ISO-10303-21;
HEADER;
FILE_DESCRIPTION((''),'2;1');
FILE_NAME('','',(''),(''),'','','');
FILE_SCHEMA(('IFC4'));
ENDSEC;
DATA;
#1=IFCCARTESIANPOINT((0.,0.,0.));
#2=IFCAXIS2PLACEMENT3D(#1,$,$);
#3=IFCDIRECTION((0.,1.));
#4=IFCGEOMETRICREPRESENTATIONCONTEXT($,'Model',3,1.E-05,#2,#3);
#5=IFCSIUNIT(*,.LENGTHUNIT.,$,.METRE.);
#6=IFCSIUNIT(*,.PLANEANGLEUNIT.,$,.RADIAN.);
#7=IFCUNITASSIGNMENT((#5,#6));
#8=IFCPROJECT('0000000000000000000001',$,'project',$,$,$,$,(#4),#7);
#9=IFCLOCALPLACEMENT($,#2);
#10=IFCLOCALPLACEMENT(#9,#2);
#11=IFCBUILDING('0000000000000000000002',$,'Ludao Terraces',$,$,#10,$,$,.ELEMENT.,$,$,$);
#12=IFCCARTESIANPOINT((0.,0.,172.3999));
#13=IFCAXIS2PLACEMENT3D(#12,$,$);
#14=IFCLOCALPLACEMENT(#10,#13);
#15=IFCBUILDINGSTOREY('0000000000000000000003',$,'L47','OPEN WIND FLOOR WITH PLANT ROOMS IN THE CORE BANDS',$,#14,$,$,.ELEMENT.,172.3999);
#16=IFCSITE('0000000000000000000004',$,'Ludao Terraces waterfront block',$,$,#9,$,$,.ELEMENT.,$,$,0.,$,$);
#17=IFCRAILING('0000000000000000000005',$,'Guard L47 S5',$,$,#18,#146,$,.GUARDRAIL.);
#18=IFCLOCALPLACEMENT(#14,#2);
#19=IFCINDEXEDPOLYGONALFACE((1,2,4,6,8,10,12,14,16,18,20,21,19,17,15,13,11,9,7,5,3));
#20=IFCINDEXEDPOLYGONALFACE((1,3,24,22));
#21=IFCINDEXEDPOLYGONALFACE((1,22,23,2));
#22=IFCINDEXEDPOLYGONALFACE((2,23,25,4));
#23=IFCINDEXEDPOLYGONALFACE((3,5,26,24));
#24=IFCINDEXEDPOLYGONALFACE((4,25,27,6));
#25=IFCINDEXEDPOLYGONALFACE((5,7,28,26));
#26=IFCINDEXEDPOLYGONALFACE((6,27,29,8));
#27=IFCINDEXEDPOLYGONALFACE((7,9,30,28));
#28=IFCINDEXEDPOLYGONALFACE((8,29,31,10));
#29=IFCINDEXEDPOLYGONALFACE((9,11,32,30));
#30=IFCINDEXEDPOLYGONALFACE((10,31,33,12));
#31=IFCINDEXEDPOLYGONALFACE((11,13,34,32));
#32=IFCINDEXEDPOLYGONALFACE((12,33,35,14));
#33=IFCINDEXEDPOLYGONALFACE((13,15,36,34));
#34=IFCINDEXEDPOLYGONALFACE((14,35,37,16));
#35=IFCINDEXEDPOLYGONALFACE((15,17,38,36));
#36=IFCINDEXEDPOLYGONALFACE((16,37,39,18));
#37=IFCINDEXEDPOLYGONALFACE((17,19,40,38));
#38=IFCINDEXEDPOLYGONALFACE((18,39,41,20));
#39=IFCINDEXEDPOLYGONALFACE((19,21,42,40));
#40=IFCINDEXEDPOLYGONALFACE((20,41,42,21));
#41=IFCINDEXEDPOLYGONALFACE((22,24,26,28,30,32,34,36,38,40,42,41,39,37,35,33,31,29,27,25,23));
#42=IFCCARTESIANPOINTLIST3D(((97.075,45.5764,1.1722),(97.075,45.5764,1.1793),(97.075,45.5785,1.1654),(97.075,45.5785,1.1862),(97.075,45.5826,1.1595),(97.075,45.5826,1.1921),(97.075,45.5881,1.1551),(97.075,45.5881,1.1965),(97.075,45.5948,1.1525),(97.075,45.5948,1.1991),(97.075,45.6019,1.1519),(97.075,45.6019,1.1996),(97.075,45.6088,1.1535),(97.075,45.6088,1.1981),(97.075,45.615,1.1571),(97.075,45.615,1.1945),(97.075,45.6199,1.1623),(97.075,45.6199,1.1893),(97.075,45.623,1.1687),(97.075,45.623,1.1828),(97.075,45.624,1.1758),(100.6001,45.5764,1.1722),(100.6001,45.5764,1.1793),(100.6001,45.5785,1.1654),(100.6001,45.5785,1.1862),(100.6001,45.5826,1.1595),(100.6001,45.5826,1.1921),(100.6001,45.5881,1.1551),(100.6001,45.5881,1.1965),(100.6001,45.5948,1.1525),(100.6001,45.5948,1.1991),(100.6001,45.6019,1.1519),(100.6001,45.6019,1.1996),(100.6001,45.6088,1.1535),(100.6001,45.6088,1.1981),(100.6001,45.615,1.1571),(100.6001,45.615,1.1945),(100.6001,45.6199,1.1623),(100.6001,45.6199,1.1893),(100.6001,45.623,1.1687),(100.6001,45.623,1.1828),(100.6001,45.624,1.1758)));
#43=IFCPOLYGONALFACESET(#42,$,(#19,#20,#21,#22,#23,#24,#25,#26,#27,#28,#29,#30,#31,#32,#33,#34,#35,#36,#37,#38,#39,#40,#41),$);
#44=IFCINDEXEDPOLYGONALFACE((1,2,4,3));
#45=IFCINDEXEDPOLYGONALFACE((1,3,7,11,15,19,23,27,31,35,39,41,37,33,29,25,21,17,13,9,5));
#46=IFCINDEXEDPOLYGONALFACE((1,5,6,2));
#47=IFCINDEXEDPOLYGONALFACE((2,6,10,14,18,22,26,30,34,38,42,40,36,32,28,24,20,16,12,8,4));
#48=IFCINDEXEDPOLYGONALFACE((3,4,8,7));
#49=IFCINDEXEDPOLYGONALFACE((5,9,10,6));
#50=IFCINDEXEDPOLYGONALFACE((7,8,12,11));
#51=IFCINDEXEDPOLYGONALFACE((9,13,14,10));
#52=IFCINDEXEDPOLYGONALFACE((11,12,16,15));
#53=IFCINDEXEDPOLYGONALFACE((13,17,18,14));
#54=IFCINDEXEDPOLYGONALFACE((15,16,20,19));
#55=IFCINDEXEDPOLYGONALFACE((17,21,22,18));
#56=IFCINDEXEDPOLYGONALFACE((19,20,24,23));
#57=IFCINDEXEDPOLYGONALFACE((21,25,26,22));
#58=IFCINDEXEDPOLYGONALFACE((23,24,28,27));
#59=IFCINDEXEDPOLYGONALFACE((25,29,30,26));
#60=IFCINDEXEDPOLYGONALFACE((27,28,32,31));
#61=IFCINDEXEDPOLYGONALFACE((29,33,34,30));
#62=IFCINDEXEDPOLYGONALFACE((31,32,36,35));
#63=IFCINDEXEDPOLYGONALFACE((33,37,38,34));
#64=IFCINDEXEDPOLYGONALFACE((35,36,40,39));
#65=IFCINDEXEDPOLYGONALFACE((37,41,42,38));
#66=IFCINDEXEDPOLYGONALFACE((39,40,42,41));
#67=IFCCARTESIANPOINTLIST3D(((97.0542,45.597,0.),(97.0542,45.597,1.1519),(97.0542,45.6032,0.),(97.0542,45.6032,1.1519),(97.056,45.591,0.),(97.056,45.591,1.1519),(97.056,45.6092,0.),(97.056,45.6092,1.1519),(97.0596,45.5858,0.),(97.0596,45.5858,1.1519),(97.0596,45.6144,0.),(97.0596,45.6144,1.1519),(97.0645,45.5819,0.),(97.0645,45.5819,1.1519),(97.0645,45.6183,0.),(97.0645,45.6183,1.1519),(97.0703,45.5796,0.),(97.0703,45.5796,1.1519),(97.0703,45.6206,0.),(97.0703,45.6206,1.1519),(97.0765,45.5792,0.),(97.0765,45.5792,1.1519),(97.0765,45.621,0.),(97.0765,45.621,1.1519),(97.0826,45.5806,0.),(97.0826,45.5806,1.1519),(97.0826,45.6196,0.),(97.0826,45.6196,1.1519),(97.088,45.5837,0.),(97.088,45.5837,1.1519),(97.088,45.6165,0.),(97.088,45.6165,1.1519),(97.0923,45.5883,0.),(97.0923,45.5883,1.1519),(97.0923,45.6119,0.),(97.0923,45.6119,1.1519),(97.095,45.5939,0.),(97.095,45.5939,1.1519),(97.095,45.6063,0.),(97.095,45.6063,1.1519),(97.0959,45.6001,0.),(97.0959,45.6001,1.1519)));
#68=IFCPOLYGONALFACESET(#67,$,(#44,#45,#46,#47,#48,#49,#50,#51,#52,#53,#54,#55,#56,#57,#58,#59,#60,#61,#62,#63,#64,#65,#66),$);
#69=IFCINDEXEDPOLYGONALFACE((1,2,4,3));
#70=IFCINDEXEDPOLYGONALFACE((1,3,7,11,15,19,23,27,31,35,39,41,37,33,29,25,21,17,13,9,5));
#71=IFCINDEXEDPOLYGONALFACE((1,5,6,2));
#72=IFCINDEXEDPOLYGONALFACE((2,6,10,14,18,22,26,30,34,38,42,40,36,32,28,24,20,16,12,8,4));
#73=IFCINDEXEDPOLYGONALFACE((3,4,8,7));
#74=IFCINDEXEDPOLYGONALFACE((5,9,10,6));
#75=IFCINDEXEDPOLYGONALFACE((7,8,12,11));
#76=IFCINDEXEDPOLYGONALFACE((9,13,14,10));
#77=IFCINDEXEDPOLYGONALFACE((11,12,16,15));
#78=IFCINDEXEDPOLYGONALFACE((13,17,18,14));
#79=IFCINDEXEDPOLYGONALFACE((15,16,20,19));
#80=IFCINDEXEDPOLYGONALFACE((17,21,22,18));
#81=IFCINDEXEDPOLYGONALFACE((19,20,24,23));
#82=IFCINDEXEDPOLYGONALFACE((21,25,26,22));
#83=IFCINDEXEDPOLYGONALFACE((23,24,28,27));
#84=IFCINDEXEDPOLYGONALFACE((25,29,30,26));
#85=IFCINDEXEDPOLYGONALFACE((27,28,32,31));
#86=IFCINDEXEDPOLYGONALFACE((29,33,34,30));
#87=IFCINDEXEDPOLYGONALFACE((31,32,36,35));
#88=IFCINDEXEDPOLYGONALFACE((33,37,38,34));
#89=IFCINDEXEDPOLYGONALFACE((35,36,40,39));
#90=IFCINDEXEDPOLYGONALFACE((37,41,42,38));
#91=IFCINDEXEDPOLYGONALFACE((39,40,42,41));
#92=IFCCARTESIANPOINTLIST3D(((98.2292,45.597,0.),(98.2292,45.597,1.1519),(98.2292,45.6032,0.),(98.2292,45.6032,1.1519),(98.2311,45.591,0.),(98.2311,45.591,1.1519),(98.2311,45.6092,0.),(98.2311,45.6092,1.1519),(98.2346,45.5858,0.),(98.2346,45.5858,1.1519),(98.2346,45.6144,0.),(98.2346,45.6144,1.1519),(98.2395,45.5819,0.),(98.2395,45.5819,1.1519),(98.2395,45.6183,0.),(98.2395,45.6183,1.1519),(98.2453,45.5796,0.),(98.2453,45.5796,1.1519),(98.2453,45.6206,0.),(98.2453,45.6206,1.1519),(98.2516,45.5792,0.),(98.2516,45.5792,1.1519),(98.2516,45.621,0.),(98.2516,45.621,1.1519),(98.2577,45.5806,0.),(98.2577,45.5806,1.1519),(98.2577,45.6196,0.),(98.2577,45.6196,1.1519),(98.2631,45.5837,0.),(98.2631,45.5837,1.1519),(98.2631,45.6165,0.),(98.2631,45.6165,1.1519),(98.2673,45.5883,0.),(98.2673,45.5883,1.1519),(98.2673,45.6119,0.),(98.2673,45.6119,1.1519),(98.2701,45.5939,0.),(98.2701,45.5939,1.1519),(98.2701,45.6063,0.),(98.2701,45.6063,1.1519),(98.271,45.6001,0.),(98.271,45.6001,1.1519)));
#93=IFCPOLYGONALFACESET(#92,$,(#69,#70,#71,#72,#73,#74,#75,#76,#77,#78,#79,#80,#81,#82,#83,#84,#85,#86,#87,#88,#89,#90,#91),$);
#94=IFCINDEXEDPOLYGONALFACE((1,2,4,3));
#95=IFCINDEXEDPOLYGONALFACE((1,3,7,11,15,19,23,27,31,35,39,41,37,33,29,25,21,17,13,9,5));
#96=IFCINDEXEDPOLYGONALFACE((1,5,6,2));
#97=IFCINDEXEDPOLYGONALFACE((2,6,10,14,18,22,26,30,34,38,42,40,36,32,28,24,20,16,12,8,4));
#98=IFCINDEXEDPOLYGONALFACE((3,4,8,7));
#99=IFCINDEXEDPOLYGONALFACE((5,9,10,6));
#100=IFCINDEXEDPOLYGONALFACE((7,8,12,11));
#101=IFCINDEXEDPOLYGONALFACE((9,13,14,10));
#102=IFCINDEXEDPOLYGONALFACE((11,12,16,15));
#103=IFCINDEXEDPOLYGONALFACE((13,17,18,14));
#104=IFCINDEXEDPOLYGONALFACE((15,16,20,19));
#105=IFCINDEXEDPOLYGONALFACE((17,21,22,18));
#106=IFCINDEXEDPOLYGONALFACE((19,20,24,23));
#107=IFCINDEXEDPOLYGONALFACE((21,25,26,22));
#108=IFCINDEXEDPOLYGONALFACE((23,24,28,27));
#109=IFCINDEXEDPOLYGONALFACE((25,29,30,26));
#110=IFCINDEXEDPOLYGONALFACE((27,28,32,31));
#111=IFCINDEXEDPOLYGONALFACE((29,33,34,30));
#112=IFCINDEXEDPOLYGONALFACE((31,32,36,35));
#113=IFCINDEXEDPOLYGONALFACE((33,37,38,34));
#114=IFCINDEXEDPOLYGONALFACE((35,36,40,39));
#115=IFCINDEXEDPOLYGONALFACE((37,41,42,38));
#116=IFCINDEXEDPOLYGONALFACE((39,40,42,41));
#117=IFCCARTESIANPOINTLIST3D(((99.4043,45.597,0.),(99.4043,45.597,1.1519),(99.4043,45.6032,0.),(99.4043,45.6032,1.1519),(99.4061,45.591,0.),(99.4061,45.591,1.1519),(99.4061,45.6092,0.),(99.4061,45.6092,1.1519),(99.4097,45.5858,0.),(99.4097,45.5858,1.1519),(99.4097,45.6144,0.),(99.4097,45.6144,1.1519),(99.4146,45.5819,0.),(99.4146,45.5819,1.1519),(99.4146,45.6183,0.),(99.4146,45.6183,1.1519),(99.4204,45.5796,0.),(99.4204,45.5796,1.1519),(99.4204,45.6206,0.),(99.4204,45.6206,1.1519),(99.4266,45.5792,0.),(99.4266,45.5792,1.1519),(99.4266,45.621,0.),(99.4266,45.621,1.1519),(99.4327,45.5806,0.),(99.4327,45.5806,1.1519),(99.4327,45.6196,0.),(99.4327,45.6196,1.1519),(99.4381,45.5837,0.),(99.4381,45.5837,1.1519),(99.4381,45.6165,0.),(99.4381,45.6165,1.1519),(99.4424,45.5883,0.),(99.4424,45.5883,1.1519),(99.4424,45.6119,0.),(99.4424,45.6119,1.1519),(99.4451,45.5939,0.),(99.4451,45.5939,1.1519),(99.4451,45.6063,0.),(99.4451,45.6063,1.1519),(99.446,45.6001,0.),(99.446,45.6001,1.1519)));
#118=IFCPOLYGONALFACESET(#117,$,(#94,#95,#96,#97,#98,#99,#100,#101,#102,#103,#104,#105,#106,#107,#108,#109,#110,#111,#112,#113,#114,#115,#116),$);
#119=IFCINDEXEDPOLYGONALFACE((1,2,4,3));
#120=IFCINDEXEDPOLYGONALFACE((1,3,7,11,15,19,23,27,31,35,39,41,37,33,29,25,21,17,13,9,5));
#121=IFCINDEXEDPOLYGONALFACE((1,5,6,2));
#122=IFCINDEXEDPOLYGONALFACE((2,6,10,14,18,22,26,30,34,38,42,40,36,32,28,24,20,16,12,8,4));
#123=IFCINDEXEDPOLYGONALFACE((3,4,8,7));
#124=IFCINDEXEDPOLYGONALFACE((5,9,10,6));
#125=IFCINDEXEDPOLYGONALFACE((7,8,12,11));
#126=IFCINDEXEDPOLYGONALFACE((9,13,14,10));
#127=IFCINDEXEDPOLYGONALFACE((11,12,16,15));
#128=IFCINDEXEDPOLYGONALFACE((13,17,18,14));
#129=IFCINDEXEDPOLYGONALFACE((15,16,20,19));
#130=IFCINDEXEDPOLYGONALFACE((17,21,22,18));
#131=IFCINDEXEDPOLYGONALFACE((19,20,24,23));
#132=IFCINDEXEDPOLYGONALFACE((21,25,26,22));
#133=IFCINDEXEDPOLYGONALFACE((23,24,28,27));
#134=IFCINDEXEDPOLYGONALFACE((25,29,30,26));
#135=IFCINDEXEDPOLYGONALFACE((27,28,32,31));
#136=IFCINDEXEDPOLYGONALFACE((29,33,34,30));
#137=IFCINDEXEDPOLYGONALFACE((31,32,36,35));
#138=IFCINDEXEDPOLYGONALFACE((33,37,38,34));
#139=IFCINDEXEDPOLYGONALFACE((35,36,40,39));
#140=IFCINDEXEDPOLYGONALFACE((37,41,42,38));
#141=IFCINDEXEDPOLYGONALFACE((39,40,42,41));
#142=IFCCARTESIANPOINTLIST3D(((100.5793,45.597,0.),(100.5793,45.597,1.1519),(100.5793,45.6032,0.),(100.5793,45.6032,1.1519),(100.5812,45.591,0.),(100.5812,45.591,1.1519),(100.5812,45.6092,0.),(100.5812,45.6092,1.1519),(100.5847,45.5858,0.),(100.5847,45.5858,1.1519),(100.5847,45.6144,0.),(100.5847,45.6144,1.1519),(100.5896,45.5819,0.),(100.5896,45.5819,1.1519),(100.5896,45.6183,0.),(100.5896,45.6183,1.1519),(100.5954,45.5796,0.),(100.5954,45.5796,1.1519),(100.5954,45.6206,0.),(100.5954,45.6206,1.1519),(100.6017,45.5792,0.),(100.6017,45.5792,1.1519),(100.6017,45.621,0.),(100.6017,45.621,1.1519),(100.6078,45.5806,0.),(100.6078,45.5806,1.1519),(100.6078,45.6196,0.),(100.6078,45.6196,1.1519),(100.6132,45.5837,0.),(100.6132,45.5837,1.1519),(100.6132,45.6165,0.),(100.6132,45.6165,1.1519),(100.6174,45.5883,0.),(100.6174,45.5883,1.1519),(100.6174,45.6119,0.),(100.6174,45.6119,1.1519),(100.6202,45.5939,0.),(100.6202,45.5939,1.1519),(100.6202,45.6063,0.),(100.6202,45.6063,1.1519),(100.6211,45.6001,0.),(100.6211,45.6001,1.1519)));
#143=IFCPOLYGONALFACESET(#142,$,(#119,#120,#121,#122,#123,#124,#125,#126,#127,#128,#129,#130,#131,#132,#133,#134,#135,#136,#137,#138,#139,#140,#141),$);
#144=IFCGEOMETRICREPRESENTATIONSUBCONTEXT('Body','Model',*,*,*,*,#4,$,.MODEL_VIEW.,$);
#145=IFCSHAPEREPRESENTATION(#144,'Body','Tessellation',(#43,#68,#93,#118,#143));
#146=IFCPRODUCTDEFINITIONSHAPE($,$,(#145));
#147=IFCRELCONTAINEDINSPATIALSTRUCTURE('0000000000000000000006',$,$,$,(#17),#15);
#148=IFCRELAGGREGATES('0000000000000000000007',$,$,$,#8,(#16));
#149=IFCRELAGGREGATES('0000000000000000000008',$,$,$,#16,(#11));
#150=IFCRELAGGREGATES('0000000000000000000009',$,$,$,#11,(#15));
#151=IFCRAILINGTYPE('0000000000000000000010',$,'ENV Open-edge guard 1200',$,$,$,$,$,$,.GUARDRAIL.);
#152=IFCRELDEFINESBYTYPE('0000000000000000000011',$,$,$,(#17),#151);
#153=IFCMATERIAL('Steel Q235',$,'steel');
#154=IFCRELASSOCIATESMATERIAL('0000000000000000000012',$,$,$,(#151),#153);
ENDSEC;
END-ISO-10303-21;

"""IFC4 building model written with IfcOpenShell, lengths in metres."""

from ifc_helpers import new_model, si_unit, direction, frame, origin, origin_2d, place, context, subcontext, project, spatial, circle, extrude, material, type_object, element, save


model = new_model("IFC4")

# Units and contexts
model_context = context("Model", 3, precision=1e-05, world=origin(), true_north=direction((0.0, 1.0)))
body_context = subcontext(model_context, "Body", "Model", "MODEL_VIEW")
ifc_project = project(units=[si_unit("LENGTHUNIT", "METRE"), si_unit("PLANEANGLEUNIT", "RADIAN")], contexts=[model_context])

# Site, building, storey
site_placement = place(None, origin())
site = spatial("IfcSite", under=ifc_project, at=site_placement, Name="Ludao Terraces waterfront block", CompositionType="ELEMENT", RefElevation=0.0)
building_placement = place(site_placement, origin())
building = spatial("IfcBuilding", under=site, at=building_placement, Name="Ludao Terraces", CompositionType="ELEMENT")
storey_placement = place(building_placement, frame((0.0, 0.0, 172.3999)))
storey = spatial("IfcBuildingStorey", under=building, at=storey_placement, Name="L47", Description="OPEN WIND FLOOR WITH PLANT ROOMS IN THE CORE BANDS", CompositionType="ELEMENT", Elevation=172.3999)

# Shared definitions
ifc_material_1 = material(Name="Steel Q235", Category="steel")

# Railing
railing_type_1 = type_object("IfcRailingType", Name="ENV Open-edge guard 1200", PredefinedType="GUARDRAIL", material=ifc_material_1)
railing_1_placement = place(storey_placement, frame((97.075, 45.6001, 0.0)))
element("IfcRailing", 1, at=railing_1_placement, inside=storey, type_object=railing_type_1, Name="Guard L47 S5", PredefinedType="GUARDRAIL", context=body_context, shape_type="SweptSolid", body=[
    extrude(circle(Radius=0.0239, at=origin_2d()), frame((0.0, 0.0, 1.1758), z_axis=(1.0, 0.0, 0.0), x_axis=(0.0, 1.0, 0.0)), (0.0, 0.0, 1.0), 3.5251),
    extrude(circle(Radius=0.021, at=origin_2d()), origin(), (0.0, 0.0, 1.0), 1.1519),
    extrude(circle(Radius=0.021, at=origin_2d()), frame((1.175, 0.0, 0.0)), (0.0, 0.0, 1.0), 1.1519),
    extrude(circle(Radius=0.021, at=origin_2d()), frame((2.3501, 0.0, 0.0)), (0.0, 0.0, 1.0), 1.1519),
    extrude(circle(Radius=0.021, at=origin_2d()), frame((3.5251, 0.0, 0.0)), (0.0, 0.0, 1.0), 1.1519),
])

save(model, "model.ifc")
